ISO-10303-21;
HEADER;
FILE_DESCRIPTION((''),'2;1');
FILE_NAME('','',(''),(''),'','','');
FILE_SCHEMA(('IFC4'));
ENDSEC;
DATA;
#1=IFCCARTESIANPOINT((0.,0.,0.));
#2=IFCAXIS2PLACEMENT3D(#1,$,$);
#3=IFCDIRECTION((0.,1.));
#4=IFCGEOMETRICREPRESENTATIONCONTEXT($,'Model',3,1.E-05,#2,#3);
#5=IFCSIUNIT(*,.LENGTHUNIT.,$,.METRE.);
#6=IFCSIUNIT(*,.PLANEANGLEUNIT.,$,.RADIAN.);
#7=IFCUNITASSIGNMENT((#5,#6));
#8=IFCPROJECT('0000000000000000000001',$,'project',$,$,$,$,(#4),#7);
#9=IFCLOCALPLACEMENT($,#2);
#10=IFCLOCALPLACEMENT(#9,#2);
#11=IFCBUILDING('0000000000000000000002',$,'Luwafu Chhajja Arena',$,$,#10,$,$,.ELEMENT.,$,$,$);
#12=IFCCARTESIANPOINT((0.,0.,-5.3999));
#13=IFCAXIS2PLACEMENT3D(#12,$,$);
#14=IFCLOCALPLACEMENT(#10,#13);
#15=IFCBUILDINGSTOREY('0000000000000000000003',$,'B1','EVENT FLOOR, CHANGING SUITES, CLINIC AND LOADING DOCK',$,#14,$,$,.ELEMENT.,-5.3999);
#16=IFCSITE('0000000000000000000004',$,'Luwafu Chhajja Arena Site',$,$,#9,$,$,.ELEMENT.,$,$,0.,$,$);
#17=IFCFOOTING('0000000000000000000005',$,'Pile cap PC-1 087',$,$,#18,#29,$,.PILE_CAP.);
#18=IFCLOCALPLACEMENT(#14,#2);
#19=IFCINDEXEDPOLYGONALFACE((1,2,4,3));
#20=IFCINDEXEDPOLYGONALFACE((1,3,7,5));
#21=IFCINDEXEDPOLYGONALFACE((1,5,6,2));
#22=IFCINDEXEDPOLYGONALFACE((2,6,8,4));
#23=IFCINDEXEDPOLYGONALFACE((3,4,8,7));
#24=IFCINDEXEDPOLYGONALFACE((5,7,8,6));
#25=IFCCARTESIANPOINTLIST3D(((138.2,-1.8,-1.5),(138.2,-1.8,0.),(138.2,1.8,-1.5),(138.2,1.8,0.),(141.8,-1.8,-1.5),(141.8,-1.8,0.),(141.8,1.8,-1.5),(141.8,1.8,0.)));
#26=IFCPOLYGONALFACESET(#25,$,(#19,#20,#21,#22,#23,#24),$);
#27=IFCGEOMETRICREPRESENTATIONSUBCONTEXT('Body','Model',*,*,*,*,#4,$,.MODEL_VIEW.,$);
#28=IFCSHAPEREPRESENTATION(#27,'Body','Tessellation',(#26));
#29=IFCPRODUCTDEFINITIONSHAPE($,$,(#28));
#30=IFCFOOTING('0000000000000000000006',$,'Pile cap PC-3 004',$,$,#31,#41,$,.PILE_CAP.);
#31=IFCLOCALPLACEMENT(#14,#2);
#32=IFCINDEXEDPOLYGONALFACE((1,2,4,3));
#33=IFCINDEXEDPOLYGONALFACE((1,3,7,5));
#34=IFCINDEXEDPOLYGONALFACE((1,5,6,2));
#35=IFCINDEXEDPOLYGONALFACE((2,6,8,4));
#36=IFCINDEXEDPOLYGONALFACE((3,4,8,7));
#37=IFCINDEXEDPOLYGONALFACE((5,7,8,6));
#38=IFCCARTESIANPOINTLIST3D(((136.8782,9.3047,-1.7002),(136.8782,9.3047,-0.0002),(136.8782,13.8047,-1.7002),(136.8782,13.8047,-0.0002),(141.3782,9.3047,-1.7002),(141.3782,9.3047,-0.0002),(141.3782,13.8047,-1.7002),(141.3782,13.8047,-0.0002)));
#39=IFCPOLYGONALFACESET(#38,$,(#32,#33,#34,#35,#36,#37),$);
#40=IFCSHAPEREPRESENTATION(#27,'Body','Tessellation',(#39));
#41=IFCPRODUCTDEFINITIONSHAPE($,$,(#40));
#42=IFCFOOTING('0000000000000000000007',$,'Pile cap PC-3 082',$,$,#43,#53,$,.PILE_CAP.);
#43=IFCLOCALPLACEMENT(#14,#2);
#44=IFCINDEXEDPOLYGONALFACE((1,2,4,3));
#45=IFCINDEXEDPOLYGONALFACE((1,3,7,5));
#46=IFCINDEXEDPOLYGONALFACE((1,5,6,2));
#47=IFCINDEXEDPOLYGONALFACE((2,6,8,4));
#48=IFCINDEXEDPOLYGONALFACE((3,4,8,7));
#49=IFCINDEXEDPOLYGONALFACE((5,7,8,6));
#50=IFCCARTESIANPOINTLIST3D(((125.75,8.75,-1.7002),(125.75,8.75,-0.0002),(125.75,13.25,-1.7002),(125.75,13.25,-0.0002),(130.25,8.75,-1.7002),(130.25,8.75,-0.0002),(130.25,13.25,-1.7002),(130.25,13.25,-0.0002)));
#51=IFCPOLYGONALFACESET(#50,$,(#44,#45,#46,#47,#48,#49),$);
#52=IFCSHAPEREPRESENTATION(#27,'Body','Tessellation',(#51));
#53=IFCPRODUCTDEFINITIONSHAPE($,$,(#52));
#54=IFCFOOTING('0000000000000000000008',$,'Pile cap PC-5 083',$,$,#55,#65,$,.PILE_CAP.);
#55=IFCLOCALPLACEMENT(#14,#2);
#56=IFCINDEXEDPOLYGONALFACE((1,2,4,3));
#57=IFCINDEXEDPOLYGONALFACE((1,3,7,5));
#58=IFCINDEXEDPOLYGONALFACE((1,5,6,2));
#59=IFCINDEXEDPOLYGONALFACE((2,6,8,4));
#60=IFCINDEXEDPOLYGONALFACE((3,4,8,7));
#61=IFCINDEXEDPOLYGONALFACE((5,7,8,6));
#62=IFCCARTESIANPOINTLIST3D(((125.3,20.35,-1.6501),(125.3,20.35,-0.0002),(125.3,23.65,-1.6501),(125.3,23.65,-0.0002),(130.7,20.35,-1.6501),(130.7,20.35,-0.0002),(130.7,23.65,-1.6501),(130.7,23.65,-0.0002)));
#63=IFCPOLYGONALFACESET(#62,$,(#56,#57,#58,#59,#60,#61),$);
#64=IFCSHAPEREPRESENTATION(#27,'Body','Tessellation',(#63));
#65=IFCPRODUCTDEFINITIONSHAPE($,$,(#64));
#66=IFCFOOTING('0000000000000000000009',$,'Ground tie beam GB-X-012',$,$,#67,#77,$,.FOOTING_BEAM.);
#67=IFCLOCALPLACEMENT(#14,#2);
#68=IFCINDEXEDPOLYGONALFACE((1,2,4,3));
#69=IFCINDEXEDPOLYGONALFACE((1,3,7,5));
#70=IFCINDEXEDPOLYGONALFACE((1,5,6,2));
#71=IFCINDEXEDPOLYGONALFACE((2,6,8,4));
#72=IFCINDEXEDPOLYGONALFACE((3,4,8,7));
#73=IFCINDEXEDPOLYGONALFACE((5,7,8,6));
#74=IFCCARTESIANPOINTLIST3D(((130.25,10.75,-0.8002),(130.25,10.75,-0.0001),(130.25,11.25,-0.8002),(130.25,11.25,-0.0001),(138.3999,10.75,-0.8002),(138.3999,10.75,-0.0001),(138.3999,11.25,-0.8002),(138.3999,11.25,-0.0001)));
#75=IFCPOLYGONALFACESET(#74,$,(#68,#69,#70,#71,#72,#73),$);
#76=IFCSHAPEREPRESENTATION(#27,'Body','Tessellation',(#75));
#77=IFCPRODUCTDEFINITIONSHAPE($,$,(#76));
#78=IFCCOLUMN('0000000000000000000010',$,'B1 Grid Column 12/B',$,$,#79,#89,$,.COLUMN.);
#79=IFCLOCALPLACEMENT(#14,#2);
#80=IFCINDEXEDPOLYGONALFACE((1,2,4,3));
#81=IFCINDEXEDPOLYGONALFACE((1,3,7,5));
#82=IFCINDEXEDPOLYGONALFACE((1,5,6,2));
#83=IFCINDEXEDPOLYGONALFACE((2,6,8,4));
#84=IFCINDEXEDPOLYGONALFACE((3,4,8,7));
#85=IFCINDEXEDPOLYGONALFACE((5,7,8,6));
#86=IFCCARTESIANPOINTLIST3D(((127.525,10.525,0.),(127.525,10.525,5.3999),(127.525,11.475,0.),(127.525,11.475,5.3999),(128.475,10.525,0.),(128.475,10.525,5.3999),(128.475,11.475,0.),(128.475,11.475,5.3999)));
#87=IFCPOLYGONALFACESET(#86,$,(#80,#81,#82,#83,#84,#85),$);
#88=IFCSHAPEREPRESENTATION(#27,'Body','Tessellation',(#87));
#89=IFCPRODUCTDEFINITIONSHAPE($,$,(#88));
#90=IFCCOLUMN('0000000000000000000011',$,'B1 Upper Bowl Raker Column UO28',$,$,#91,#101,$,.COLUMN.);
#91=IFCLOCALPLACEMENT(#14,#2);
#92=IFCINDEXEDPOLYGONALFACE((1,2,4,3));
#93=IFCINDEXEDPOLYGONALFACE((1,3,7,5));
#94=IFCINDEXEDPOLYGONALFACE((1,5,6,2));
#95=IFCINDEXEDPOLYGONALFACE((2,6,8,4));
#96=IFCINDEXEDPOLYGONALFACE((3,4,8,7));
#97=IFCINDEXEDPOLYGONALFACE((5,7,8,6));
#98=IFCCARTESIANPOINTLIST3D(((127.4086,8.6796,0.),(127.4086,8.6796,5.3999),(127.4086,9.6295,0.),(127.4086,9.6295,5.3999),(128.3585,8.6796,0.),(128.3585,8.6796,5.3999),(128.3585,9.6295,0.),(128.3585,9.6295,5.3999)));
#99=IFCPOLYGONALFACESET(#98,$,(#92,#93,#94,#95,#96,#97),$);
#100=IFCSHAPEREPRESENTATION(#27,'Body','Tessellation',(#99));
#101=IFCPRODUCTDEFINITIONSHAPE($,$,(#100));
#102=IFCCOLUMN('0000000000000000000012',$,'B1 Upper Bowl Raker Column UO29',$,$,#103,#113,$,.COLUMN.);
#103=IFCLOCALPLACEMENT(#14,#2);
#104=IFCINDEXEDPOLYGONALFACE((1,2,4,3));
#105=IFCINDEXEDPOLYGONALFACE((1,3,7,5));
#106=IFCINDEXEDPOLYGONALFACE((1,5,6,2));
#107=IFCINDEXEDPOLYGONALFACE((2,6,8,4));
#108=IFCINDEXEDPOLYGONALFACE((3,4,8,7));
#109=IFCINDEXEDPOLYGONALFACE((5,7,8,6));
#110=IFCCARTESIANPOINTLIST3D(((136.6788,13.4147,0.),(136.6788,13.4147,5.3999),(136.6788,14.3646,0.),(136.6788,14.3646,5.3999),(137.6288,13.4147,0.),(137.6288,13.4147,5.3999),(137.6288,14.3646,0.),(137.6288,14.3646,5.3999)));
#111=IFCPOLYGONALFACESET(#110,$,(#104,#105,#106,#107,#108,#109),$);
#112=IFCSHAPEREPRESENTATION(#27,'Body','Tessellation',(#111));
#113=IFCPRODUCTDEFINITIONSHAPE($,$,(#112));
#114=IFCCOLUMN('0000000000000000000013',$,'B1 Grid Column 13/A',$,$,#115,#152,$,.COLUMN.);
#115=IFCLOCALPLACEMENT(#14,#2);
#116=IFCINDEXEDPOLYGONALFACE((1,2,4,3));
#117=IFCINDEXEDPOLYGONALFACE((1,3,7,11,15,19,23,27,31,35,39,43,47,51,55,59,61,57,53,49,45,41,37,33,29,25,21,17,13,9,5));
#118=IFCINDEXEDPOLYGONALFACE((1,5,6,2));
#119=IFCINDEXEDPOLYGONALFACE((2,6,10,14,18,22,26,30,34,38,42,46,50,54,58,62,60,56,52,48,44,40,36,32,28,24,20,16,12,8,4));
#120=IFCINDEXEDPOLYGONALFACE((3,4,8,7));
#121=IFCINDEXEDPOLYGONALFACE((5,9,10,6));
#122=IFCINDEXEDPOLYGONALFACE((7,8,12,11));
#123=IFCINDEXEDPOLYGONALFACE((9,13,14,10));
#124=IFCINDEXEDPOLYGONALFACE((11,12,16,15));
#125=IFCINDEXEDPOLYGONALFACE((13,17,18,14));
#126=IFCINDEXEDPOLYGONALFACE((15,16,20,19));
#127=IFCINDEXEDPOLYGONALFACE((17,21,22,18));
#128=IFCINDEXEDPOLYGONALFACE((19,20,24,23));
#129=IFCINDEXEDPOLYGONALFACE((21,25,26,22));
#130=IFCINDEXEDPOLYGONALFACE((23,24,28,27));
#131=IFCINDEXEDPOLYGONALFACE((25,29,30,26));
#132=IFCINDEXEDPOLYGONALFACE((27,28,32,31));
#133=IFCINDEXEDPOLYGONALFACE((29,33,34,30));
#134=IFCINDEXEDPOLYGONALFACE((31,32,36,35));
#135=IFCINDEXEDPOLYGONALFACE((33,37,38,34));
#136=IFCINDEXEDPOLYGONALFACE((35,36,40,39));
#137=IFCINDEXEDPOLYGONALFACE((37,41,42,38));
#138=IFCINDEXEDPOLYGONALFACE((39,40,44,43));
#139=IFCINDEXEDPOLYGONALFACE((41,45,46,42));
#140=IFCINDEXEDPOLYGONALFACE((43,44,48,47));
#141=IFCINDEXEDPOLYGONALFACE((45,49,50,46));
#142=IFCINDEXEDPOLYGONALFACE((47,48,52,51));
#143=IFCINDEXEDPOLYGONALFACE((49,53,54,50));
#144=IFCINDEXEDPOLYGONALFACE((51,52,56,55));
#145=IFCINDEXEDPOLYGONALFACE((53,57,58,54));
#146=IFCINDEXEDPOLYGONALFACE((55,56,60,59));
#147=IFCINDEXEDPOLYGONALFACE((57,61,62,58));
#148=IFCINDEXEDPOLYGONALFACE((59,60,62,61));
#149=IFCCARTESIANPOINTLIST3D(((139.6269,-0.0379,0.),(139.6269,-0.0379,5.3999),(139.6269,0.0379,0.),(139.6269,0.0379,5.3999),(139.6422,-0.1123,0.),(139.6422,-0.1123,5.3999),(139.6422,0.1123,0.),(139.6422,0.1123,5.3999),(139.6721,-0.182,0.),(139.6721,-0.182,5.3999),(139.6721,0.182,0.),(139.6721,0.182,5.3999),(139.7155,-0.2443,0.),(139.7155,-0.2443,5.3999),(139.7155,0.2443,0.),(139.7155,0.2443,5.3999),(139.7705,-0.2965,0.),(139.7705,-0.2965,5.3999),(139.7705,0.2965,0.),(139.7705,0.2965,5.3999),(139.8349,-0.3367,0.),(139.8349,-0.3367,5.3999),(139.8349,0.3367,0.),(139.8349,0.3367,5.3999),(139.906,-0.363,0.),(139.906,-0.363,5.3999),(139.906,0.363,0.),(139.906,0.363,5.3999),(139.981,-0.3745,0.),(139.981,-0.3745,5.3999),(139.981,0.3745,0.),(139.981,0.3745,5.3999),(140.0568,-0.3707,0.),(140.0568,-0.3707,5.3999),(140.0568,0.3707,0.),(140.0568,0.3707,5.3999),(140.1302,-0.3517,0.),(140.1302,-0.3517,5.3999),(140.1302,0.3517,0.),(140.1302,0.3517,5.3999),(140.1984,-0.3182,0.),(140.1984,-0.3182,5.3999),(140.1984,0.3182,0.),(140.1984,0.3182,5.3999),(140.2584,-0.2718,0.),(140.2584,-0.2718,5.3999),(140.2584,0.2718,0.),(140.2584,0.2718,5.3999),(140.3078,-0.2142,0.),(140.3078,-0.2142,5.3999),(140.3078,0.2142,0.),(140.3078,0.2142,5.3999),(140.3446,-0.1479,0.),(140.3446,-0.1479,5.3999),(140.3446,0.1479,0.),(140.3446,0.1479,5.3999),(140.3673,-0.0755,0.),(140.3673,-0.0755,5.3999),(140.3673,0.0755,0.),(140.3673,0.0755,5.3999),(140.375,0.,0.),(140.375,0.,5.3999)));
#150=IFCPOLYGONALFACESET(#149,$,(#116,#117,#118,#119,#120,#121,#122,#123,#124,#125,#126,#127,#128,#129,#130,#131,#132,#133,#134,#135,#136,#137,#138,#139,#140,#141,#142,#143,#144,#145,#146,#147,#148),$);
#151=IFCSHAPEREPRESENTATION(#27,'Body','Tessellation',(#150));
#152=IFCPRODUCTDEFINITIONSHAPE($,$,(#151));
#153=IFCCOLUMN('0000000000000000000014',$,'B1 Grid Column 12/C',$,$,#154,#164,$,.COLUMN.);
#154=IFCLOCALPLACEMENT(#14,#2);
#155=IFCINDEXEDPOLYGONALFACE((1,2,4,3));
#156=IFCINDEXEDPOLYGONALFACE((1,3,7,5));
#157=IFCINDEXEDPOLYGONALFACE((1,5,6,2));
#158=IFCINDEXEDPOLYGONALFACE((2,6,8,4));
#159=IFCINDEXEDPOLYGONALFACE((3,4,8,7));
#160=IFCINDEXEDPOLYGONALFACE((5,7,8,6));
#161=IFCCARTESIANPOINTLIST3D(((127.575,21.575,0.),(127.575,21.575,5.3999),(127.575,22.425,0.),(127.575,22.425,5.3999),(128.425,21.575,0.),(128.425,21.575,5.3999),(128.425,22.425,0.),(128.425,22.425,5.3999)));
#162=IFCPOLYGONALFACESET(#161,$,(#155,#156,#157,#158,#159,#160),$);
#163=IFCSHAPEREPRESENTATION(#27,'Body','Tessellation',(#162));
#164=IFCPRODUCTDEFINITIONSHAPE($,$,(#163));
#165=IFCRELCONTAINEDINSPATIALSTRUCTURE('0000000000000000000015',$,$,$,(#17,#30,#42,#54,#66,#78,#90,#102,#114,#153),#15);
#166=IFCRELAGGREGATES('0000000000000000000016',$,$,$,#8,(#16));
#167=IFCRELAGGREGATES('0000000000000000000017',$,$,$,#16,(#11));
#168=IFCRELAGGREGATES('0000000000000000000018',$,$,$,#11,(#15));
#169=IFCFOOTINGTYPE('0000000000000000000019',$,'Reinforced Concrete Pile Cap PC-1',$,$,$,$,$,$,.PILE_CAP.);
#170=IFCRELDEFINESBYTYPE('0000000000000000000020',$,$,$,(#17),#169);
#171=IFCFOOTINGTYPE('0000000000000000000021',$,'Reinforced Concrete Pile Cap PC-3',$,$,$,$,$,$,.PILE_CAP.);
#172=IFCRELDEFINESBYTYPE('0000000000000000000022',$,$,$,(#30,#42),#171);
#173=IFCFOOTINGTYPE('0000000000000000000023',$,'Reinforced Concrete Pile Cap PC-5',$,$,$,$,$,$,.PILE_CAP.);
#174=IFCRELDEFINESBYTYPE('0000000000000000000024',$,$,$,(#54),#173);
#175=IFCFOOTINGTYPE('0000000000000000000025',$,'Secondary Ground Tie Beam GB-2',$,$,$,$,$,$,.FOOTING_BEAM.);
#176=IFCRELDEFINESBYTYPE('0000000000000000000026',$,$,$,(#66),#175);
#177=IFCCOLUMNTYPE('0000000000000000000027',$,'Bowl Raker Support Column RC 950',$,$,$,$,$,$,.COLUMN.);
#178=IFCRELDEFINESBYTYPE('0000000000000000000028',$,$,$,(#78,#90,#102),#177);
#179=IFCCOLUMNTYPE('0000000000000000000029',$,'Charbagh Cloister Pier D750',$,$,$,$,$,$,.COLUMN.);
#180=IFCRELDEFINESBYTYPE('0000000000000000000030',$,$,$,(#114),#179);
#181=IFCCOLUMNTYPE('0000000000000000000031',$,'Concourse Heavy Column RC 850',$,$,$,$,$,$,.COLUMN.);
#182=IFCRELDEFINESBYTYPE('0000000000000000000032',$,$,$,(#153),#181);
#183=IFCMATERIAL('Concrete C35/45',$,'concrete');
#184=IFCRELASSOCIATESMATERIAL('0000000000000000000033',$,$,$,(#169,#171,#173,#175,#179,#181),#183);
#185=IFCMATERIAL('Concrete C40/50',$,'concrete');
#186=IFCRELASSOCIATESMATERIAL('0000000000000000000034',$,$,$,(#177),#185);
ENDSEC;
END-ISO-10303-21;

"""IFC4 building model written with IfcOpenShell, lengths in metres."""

from ifc_helpers import new_model, si_unit, direction, frame, origin, origin_2d, place, context, subcontext, project, spatial, rectangle, circle, extrude, material, material_profile, profile_set, type_object, element, save


model = new_model("IFC4")

# Units and contexts
model_context = context("Model", 3, precision=1e-05, world=origin(), true_north=direction((0.0, 1.0)))
body_context = subcontext(model_context, "Body", "Model", "MODEL_VIEW")
ifc_project = project(units=[si_unit("LENGTHUNIT", "METRE"), si_unit("PLANEANGLEUNIT", "RADIAN")], contexts=[model_context])

# Site, building, storey
site_placement = place(None, origin())
site = spatial("IfcSite", under=ifc_project, at=site_placement, Name="Luwafu Chhajja Arena Site", CompositionType="ELEMENT", RefElevation=0.0)
building_placement = place(site_placement, origin())
building = spatial("IfcBuilding", under=site, at=building_placement, Name="Luwafu Chhajja Arena", CompositionType="ELEMENT")
storey_placement = place(building_placement, frame((0.0, 0.0, -5.3999)))
storey = spatial("IfcBuildingStorey", under=building, at=storey_placement, Name="B1", Description="EVENT FLOOR, CHANGING SUITES, CLINIC AND LOADING DOCK", CompositionType="ELEMENT", Elevation=-5.3999)

# Shared definitions
ifc_material_1 = material(Name="Concrete C35/45", Category="concrete")

# Footings
footing_type_1 = type_object("IfcFootingType", Name="Reinforced Concrete Pile Cap PC-1", PredefinedType="PILE_CAP", material=ifc_material_1)
footing_1_placement = place(storey_placement, frame((140.0, 0.0, -1.5), z_axis=(0.0, 0.0, 1.0), x_axis=(1.0, 0.0, 0.0)))
element("IfcFooting", 1, at=footing_1_placement, inside=storey, type_object=footing_type_1, Name="Pile cap PC-1 087", PredefinedType="PILE_CAP", context=body_context, shape_type="SweptSolid", body=[
    extrude(rectangle(XDim=3.6001, YDim=3.6001, at=origin_2d()), origin(), (0.0, 0.0, 1.0), 1.5),
])
footing_type_2 = type_object("IfcFootingType", Name="Reinforced Concrete Pile Cap PC-3", PredefinedType="PILE_CAP", material=ifc_material_1)
for number, where, z_axis, x_axis, name in (
    (2, (139.1282, 11.5547, -1.7002), (0.0, 0.0, 1.0), (1.0, 0.0, 0.0), "Pile cap PC-3 004"),
    (3, (128.0, 11.0, -1.7002), (0.0, 0.0, 1.0), (1.0, 0.0, 0.0), "Pile cap PC-3 082"),
):
    element("IfcFooting", number, at=place(storey_placement, frame(where, z_axis=z_axis, x_axis=x_axis)), inside=storey, type_object=footing_type_2, Name=name, PredefinedType="PILE_CAP", context=body_context, shape_type="SweptSolid", body=[
        extrude(rectangle(XDim=4.5, YDim=4.5, at=origin_2d()), origin(), (0.0, 0.0, 1.0), 1.7),
    ])
footing_type_3 = type_object("IfcFootingType", Name="Reinforced Concrete Pile Cap PC-5", PredefinedType="PILE_CAP", material=ifc_material_1)
footing_2_placement = place(storey_placement, frame((128.0, 22.0, -1.6501), z_axis=(0.0, 0.0, 1.0), x_axis=(1.0, 0.0, 0.0)))
element("IfcFooting", 4, at=footing_2_placement, inside=storey, type_object=footing_type_3, Name="Pile cap PC-5 083", PredefinedType="PILE_CAP", context=body_context, shape_type="SweptSolid", body=[
    extrude(rectangle(XDim=5.3999, YDim=3.3, at=origin_2d()), origin(), (0.0, 0.0, 1.0), 1.6499),
])
ifc_material_profile_1 = material_profile(ifc_material_1, rectangle(XDim=0.5, YDim=0.8, at=origin_2d()), Name="RC 500x800")
ifc_profile_set_1 = profile_set([ifc_material_profile_1], Name="Concrete C35/45")
footing_type_4 = type_object("IfcFootingType", Name="Secondary Ground Tie Beam GB-2", PredefinedType="FOOTING_BEAM", material=ifc_profile_set_1)
footing_3_placement = place(storey_placement, frame((130.25, 11.0, -0.4001), z_axis=(1.0, 0.0, 0.0), x_axis=(0.0, 1.0, 0.0)))
element("IfcFooting", 5, at=footing_3_placement, inside=storey, type_object=footing_type_4, Name="Ground tie beam GB-X-012", PredefinedType="FOOTING_BEAM", context=body_context, shape_type="SweptSolid", body=[
    extrude(rectangle(XDim=0.5, YDim=0.8, at=origin_2d()), origin(), (0.0, 0.0, 1.0), 8.1499),
])

# Columns
ifc_material_2 = material(Name="Concrete C40/50", Category="concrete")
ifc_material_profile_2 = material_profile(ifc_material_2, rectangle(XDim=0.95, YDim=0.95, at=origin_2d()), Name="RC 950x950")
ifc_profile_set_2 = profile_set([ifc_material_profile_2], Name="Concrete C40/50")
column_type_1 = type_object("IfcColumnType", Name="Bowl Raker Support Column RC 950", PredefinedType="COLUMN", material=ifc_profile_set_2)
for number, where, z_axis, x_axis, name in (
    (6, (128.0, 11.0, 0.0), (0.0, 0.0, 1.0), (1.0, 0.0, 0.0), "B1 Grid Column 12/B"),
    (7, (127.8835, 9.1545, 0.0), (0.0, 0.0, 1.0), (1.0, 0.0, 0.0), "B1 Upper Bowl Raker Column UO28"),
    (8, (137.1538, 13.8896, 0.0), (0.0, 0.0, 1.0), (1.0, 0.0, 0.0), "B1 Upper Bowl Raker Column UO29"),
):
    element("IfcColumn", number, at=place(storey_placement, frame(where, z_axis=z_axis, x_axis=x_axis)), inside=storey, type_object=column_type_1, Name=name, PredefinedType="COLUMN", context=body_context, shape_type="SweptSolid", body=[
        extrude(rectangle(XDim=0.95, YDim=0.95, at=origin_2d()), origin(), (0.0, 0.0, 1.0), 5.3999),
    ])
ifc_material_profile_3 = material_profile(ifc_material_1, circle(Radius=0.375, at=origin_2d()), Name="RC COL D750")
ifc_profile_set_3 = profile_set([ifc_material_profile_3], Name="Concrete C35/45")
column_type_2 = type_object("IfcColumnType", Name="Charbagh Cloister Pier D750", PredefinedType="COLUMN", material=ifc_profile_set_3)
column_1_placement = place(storey_placement, frame((140.0, 0.0, 0.0), z_axis=(0.0, 0.0, 1.0), x_axis=(1.0, 0.0, 0.0)))
element("IfcColumn", 9, at=column_1_placement, inside=storey, type_object=column_type_2, Name="B1 Grid Column 13/A", PredefinedType="COLUMN", context=body_context, shape_type="SweptSolid", body=[
    extrude(circle(Radius=0.375, at=origin_2d()), origin(), (0.0, 0.0, 1.0), 5.3999),
])
ifc_material_profile_4 = material_profile(ifc_material_1, rectangle(XDim=0.8501, YDim=0.8501, at=origin_2d()), Name="RC 850x850")
ifc_profile_set_4 = profile_set([ifc_material_profile_4], Name="Concrete C35/45")
column_type_3 = type_object("IfcColumnType", Name="Concourse Heavy Column RC 850", PredefinedType="COLUMN", material=ifc_profile_set_4)
column_2_placement = place(storey_placement, frame((128.0, 22.0, 0.0), z_axis=(0.0, 0.0, 1.0), x_axis=(1.0, 0.0, 0.0)))
element("IfcColumn", 10, at=column_2_placement, inside=storey, type_object=column_type_3, Name="B1 Grid Column 12/C", PredefinedType="COLUMN", context=body_context, shape_type="SweptSolid", body=[
    extrude(rectangle(XDim=0.8501, YDim=0.8501, at=origin_2d()), origin(), (0.0, 0.0, 1.0), 5.3999),
])

save(model, "model.ifc")
